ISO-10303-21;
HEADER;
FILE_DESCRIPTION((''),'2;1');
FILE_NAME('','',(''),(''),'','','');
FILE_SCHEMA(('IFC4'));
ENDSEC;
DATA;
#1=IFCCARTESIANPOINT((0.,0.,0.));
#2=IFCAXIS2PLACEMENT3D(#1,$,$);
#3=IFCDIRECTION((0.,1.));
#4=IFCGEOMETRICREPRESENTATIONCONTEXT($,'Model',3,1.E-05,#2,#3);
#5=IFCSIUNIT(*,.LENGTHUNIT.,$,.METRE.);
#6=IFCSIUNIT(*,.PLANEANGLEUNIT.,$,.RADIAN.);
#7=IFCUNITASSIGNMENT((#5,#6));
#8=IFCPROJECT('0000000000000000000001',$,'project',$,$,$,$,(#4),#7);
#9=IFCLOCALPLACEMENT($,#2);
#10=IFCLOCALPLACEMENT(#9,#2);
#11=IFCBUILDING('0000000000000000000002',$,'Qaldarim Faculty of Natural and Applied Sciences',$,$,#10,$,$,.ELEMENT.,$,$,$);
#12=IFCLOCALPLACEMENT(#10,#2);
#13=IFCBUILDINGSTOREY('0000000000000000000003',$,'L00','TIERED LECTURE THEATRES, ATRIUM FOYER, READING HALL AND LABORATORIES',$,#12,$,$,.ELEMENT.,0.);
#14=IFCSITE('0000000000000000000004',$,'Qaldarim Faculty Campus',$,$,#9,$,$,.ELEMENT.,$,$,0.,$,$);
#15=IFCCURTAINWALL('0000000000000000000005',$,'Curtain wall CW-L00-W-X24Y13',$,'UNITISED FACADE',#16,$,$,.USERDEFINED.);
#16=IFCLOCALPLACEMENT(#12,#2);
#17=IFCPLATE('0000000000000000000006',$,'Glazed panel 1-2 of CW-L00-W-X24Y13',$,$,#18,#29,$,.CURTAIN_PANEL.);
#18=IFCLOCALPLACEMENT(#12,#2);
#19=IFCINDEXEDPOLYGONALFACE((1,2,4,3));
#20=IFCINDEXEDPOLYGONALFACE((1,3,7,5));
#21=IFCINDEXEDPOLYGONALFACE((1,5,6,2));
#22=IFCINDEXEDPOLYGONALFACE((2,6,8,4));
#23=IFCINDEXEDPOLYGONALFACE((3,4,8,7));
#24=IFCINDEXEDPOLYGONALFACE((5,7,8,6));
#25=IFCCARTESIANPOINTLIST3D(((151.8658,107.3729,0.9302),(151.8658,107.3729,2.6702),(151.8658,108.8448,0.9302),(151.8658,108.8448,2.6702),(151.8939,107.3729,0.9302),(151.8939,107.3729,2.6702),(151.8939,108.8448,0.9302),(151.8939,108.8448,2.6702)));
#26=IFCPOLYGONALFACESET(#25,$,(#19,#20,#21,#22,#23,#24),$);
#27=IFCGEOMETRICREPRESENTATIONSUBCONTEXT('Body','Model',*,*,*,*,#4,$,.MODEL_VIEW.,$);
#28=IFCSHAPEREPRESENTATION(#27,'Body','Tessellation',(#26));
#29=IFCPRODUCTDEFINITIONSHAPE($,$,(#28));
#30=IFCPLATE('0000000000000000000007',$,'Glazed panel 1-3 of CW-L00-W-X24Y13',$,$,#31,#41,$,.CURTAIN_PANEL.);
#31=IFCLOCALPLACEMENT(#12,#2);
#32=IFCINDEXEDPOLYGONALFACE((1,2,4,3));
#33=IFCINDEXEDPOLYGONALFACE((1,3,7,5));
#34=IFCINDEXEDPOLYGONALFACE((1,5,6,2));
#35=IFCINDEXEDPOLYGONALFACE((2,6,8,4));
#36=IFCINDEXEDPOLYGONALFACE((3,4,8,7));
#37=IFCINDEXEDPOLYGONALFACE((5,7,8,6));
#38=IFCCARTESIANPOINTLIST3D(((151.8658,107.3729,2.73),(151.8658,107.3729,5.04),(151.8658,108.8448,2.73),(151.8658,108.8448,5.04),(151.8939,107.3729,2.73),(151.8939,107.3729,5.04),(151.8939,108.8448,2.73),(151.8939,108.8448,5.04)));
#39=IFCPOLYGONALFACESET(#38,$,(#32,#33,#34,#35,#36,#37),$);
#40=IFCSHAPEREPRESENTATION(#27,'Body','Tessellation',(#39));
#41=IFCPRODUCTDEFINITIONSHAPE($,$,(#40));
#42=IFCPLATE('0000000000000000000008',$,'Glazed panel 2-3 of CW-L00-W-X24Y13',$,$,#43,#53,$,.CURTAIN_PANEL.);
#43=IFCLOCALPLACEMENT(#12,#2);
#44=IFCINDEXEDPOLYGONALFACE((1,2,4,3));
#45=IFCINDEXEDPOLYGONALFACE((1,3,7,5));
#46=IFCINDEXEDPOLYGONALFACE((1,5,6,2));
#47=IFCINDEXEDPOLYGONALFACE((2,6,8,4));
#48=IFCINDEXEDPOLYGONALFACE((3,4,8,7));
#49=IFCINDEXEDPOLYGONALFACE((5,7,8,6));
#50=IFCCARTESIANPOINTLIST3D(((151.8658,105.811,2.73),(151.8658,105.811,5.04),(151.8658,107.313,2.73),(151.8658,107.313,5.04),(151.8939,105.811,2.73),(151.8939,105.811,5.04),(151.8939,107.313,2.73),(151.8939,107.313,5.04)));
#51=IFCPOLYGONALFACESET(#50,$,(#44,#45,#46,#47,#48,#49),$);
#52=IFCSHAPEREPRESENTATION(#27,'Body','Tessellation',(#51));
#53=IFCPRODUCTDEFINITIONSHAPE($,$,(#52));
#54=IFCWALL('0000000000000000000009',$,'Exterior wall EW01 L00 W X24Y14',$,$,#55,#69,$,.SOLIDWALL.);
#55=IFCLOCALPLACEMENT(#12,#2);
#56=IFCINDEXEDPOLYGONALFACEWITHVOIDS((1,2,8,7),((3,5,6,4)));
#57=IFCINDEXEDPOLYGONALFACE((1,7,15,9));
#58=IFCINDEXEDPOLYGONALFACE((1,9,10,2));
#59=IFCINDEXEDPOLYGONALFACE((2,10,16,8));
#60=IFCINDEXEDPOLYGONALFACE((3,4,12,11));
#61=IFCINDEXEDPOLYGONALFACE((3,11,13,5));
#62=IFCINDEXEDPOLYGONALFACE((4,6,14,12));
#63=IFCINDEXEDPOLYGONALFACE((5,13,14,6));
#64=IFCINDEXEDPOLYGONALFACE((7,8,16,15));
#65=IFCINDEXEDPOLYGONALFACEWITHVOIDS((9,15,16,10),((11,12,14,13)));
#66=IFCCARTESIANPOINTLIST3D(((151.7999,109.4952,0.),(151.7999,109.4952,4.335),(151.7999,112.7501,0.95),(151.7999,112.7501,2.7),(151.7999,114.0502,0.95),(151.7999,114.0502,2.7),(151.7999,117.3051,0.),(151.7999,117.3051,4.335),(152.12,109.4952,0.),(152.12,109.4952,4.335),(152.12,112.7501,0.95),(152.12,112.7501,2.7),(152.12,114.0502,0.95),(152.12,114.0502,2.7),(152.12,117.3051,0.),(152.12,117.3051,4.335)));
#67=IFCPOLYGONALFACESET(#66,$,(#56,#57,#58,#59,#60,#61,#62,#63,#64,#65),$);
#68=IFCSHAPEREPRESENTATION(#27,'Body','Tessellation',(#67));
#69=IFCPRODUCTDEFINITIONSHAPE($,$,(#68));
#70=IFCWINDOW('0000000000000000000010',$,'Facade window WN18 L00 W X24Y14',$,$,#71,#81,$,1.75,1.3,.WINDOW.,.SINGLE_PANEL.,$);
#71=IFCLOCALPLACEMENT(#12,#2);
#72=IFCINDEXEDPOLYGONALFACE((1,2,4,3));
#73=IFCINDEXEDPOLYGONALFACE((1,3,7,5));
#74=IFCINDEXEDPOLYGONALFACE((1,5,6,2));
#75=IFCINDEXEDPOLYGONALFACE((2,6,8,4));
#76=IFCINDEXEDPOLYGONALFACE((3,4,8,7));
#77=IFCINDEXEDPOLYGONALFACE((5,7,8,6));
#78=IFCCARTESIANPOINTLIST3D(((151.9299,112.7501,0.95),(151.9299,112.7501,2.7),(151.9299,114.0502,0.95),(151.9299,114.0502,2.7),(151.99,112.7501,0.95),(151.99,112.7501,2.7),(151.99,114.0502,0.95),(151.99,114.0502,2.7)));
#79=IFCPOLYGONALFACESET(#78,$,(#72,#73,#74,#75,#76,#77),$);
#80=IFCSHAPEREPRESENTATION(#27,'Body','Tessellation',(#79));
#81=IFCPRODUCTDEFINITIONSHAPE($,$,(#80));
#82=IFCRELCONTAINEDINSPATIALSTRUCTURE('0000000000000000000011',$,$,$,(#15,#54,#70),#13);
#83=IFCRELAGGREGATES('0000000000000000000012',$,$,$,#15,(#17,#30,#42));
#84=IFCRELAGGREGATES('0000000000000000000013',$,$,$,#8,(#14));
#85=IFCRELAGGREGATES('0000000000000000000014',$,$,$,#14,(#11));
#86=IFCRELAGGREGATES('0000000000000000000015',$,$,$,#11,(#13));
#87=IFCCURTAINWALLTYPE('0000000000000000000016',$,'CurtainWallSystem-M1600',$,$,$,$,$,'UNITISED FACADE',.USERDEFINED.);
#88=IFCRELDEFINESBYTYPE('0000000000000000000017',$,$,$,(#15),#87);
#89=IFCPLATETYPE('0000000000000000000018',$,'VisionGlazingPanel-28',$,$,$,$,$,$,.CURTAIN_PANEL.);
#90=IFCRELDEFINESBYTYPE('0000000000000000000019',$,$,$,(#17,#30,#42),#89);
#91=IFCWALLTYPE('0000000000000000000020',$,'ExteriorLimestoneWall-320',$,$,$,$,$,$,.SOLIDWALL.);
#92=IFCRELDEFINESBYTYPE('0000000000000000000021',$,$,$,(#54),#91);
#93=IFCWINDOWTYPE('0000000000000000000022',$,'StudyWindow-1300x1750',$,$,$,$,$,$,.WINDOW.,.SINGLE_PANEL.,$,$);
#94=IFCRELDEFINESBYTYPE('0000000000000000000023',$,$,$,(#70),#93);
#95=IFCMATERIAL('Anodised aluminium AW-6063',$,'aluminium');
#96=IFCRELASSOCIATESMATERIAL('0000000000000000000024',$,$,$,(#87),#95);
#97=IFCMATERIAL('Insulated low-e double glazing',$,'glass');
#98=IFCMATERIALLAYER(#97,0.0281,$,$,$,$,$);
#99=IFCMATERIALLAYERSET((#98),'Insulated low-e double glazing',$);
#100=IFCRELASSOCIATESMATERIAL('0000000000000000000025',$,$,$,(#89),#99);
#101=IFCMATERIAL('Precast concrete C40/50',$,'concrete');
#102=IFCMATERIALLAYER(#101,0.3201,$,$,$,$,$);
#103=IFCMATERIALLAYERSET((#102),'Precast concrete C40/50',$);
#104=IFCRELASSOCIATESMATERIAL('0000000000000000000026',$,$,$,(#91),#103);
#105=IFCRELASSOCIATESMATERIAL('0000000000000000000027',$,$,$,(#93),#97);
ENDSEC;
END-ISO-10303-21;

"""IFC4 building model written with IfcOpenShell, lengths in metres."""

from ifc_helpers import new_model, si_unit, direction, frame, frame_2d, origin, origin_2d, place, context, subcontext, project, spatial, rectangle, extrude, material, layer, layer_set, type_object, element, fill, aggregate, save


model = new_model("IFC4")

# Units and contexts
model_context = context("Model", 3, precision=1e-05, world=origin(), true_north=direction((0.0, 1.0)))
body_context = subcontext(model_context, "Body", "Model", "MODEL_VIEW")
ifc_project = project(units=[si_unit("LENGTHUNIT", "METRE"), si_unit("PLANEANGLEUNIT", "RADIAN")], contexts=[model_context])

# Site, building, storey
site_placement = place(None, origin())
site = spatial("IfcSite", under=ifc_project, at=site_placement, Name="Qaldarim Faculty Campus", CompositionType="ELEMENT", RefElevation=0.0)
building_placement = place(site_placement, origin())
building = spatial("IfcBuilding", under=site, at=building_placement, Name="Qaldarim Faculty of Natural and Applied Sciences", CompositionType="ELEMENT")
storey_placement = place(building_placement, origin())
storey = spatial("IfcBuildingStorey", under=building, at=storey_placement, Name="L00", Description="TIERED LECTURE THEATRES, ATRIUM FOYER, READING HALL AND LABORATORIES", CompositionType="ELEMENT", Elevation=0.0)

# Curtain wall
ifc_material_1 = material(Name="Anodised aluminium AW-6063", Category="aluminium")
curtain_wall_type = type_object("IfcCurtainWallType", Name="CurtainWallSystem-M1600", ElementType="UNITISED FACADE", PredefinedType="USERDEFINED", material=ifc_material_1)
curtain_wall_placement = place(storey_placement, origin())
curtain_wall = element("IfcCurtainWall", 1, at=curtain_wall_placement, inside=storey, type_object=curtain_wall_type, Name="Curtain wall CW-L00-W-X24Y13", ObjectType="UNITISED FACADE", PredefinedType="USERDEFINED")

# Plates
ifc_material_2 = material(Name="Insulated low-e double glazing", Category="glass")
ifc_layer_1 = layer(ifc_material_2, 0.0281)
ifc_layer_set_1 = layer_set([ifc_layer_1], Name="Insulated low-e double glazing")
plate_type = type_object("IfcPlateType", Name="VisionGlazingPanel-28", PredefinedType="CURTAIN_PANEL", material=ifc_layer_set_1)
plate_1_placement = place(storey_placement, frame((151.8799, 108.1089, 0.9302), z_axis=(0.0, 0.0, 1.0), x_axis=(0.0, -1.0, 0.0)))
plate_1 = element("IfcPlate", 2, at=plate_1_placement, type_object=plate_type, Name="Glazed panel 1-2 of CW-L00-W-X24Y13", PredefinedType="CURTAIN_PANEL", context=body_context, shape_type="SweptSolid", body=[
    extrude(rectangle(XDim=1.4719, YDim=0.0281, at=origin_2d()), origin(), (0.0, 0.0, 1.0), 1.74),
])
plate_2_placement = place(storey_placement, frame((151.8799, 108.1089, 2.73), z_axis=(0.0, 0.0, 1.0), x_axis=(0.0, -1.0, 0.0)))
plate_2 = element("IfcPlate", 3, at=plate_2_placement, type_object=plate_type, Name="Glazed panel 1-3 of CW-L00-W-X24Y13", PredefinedType="CURTAIN_PANEL", context=body_context, shape_type="SweptSolid", body=[
    extrude(rectangle(XDim=1.4719, YDim=0.0281, at=origin_2d()), origin(), (0.0, 0.0, 1.0), 2.3101),
])
plate_3_placement = place(storey_placement, frame((151.8799, 106.562, 2.73), z_axis=(0.0, 0.0, 1.0), x_axis=(0.0, -1.0, 0.0)))
plate_3 = element("IfcPlate", 4, at=plate_3_placement, type_object=plate_type, Name="Glazed panel 2-3 of CW-L00-W-X24Y13", PredefinedType="CURTAIN_PANEL", context=body_context, shape_type="SweptSolid", body=[
    extrude(rectangle(XDim=1.502, YDim=0.0281, at=origin_2d()), origin(), (0.0, 0.0, 1.0), 2.3101),
])
aggregate(curtain_wall, [plate_1, plate_2, plate_3])

# Wall, opening, window
ifc_material_3 = material(Name="Precast concrete C40/50", Category="concrete")
ifc_layer_2 = layer(ifc_material_3, 0.3201)
ifc_layer_set_2 = layer_set([ifc_layer_2], Name="Precast concrete C40/50")
wall_type = type_object("IfcWallType", Name="ExteriorLimestoneWall-320", PredefinedType="SOLIDWALL", material=ifc_layer_set_2)
wall_placement = place(storey_placement, frame((151.96, 117.3049, 0.0), z_axis=(0.0, 0.0, 1.0), x_axis=(0.0, -1.0, 0.0)))
wall = element("IfcWall", 5, at=wall_placement, inside=storey, type_object=wall_type, Name="Exterior wall EW01 L00 W X24Y14", PredefinedType="SOLIDWALL", context=body_context, shape_type="SweptSolid", body=[
    extrude(rectangle(XDim=7.8098, YDim=0.3201, at=frame_2d((3.9048, 0.0))), origin(), (0.0, 0.0, 1.0), 4.335),
])
opening_placement = place(wall_placement, frame((3.2549, 0.0, 0.95)))
opening = element("IfcOpeningElement", 6, at=opening_placement, cuts=wall, PredefinedType="OPENING", context=body_context, shape_type="SweptSolid", body=[
    extrude(rectangle(XDim=1.3, YDim=1.75, at=frame_2d((0.6499, 0.875))), frame((0.0, 0.1699, 0.0), z_axis=(0.0, -1.0, 0.0), x_axis=(1.0, 0.0, 0.0)), (0.0, 0.0, 1.0), 0.3401),
])
window_type = type_object("IfcWindowType", Name="StudyWindow-1300x1750", PartitioningType="SINGLE_PANEL", PredefinedType="WINDOW", material=ifc_material_2)
window_placement = place(opening_placement, origin())
window = element("IfcWindow", 7, at=window_placement, inside=storey, type_object=window_type, Name="Facade window WN18 L00 W X24Y14", OverallHeight=1.75, OverallWidth=1.3, PartitioningType="SINGLE_PANEL", PredefinedType="WINDOW", context=body_context, shape_type="SweptSolid", body=[
    extrude(rectangle(XDim=1.3, YDim=1.75, at=frame_2d((0.6499, 0.875))), frame((0.0, 0.03, 0.0), z_axis=(0.0, -1.0, 0.0), x_axis=(1.0, 0.0, 0.0)), (0.0, 0.0, 1.0), 0.0601),
])
fill(opening, window)

save(model, "model.ifc")
